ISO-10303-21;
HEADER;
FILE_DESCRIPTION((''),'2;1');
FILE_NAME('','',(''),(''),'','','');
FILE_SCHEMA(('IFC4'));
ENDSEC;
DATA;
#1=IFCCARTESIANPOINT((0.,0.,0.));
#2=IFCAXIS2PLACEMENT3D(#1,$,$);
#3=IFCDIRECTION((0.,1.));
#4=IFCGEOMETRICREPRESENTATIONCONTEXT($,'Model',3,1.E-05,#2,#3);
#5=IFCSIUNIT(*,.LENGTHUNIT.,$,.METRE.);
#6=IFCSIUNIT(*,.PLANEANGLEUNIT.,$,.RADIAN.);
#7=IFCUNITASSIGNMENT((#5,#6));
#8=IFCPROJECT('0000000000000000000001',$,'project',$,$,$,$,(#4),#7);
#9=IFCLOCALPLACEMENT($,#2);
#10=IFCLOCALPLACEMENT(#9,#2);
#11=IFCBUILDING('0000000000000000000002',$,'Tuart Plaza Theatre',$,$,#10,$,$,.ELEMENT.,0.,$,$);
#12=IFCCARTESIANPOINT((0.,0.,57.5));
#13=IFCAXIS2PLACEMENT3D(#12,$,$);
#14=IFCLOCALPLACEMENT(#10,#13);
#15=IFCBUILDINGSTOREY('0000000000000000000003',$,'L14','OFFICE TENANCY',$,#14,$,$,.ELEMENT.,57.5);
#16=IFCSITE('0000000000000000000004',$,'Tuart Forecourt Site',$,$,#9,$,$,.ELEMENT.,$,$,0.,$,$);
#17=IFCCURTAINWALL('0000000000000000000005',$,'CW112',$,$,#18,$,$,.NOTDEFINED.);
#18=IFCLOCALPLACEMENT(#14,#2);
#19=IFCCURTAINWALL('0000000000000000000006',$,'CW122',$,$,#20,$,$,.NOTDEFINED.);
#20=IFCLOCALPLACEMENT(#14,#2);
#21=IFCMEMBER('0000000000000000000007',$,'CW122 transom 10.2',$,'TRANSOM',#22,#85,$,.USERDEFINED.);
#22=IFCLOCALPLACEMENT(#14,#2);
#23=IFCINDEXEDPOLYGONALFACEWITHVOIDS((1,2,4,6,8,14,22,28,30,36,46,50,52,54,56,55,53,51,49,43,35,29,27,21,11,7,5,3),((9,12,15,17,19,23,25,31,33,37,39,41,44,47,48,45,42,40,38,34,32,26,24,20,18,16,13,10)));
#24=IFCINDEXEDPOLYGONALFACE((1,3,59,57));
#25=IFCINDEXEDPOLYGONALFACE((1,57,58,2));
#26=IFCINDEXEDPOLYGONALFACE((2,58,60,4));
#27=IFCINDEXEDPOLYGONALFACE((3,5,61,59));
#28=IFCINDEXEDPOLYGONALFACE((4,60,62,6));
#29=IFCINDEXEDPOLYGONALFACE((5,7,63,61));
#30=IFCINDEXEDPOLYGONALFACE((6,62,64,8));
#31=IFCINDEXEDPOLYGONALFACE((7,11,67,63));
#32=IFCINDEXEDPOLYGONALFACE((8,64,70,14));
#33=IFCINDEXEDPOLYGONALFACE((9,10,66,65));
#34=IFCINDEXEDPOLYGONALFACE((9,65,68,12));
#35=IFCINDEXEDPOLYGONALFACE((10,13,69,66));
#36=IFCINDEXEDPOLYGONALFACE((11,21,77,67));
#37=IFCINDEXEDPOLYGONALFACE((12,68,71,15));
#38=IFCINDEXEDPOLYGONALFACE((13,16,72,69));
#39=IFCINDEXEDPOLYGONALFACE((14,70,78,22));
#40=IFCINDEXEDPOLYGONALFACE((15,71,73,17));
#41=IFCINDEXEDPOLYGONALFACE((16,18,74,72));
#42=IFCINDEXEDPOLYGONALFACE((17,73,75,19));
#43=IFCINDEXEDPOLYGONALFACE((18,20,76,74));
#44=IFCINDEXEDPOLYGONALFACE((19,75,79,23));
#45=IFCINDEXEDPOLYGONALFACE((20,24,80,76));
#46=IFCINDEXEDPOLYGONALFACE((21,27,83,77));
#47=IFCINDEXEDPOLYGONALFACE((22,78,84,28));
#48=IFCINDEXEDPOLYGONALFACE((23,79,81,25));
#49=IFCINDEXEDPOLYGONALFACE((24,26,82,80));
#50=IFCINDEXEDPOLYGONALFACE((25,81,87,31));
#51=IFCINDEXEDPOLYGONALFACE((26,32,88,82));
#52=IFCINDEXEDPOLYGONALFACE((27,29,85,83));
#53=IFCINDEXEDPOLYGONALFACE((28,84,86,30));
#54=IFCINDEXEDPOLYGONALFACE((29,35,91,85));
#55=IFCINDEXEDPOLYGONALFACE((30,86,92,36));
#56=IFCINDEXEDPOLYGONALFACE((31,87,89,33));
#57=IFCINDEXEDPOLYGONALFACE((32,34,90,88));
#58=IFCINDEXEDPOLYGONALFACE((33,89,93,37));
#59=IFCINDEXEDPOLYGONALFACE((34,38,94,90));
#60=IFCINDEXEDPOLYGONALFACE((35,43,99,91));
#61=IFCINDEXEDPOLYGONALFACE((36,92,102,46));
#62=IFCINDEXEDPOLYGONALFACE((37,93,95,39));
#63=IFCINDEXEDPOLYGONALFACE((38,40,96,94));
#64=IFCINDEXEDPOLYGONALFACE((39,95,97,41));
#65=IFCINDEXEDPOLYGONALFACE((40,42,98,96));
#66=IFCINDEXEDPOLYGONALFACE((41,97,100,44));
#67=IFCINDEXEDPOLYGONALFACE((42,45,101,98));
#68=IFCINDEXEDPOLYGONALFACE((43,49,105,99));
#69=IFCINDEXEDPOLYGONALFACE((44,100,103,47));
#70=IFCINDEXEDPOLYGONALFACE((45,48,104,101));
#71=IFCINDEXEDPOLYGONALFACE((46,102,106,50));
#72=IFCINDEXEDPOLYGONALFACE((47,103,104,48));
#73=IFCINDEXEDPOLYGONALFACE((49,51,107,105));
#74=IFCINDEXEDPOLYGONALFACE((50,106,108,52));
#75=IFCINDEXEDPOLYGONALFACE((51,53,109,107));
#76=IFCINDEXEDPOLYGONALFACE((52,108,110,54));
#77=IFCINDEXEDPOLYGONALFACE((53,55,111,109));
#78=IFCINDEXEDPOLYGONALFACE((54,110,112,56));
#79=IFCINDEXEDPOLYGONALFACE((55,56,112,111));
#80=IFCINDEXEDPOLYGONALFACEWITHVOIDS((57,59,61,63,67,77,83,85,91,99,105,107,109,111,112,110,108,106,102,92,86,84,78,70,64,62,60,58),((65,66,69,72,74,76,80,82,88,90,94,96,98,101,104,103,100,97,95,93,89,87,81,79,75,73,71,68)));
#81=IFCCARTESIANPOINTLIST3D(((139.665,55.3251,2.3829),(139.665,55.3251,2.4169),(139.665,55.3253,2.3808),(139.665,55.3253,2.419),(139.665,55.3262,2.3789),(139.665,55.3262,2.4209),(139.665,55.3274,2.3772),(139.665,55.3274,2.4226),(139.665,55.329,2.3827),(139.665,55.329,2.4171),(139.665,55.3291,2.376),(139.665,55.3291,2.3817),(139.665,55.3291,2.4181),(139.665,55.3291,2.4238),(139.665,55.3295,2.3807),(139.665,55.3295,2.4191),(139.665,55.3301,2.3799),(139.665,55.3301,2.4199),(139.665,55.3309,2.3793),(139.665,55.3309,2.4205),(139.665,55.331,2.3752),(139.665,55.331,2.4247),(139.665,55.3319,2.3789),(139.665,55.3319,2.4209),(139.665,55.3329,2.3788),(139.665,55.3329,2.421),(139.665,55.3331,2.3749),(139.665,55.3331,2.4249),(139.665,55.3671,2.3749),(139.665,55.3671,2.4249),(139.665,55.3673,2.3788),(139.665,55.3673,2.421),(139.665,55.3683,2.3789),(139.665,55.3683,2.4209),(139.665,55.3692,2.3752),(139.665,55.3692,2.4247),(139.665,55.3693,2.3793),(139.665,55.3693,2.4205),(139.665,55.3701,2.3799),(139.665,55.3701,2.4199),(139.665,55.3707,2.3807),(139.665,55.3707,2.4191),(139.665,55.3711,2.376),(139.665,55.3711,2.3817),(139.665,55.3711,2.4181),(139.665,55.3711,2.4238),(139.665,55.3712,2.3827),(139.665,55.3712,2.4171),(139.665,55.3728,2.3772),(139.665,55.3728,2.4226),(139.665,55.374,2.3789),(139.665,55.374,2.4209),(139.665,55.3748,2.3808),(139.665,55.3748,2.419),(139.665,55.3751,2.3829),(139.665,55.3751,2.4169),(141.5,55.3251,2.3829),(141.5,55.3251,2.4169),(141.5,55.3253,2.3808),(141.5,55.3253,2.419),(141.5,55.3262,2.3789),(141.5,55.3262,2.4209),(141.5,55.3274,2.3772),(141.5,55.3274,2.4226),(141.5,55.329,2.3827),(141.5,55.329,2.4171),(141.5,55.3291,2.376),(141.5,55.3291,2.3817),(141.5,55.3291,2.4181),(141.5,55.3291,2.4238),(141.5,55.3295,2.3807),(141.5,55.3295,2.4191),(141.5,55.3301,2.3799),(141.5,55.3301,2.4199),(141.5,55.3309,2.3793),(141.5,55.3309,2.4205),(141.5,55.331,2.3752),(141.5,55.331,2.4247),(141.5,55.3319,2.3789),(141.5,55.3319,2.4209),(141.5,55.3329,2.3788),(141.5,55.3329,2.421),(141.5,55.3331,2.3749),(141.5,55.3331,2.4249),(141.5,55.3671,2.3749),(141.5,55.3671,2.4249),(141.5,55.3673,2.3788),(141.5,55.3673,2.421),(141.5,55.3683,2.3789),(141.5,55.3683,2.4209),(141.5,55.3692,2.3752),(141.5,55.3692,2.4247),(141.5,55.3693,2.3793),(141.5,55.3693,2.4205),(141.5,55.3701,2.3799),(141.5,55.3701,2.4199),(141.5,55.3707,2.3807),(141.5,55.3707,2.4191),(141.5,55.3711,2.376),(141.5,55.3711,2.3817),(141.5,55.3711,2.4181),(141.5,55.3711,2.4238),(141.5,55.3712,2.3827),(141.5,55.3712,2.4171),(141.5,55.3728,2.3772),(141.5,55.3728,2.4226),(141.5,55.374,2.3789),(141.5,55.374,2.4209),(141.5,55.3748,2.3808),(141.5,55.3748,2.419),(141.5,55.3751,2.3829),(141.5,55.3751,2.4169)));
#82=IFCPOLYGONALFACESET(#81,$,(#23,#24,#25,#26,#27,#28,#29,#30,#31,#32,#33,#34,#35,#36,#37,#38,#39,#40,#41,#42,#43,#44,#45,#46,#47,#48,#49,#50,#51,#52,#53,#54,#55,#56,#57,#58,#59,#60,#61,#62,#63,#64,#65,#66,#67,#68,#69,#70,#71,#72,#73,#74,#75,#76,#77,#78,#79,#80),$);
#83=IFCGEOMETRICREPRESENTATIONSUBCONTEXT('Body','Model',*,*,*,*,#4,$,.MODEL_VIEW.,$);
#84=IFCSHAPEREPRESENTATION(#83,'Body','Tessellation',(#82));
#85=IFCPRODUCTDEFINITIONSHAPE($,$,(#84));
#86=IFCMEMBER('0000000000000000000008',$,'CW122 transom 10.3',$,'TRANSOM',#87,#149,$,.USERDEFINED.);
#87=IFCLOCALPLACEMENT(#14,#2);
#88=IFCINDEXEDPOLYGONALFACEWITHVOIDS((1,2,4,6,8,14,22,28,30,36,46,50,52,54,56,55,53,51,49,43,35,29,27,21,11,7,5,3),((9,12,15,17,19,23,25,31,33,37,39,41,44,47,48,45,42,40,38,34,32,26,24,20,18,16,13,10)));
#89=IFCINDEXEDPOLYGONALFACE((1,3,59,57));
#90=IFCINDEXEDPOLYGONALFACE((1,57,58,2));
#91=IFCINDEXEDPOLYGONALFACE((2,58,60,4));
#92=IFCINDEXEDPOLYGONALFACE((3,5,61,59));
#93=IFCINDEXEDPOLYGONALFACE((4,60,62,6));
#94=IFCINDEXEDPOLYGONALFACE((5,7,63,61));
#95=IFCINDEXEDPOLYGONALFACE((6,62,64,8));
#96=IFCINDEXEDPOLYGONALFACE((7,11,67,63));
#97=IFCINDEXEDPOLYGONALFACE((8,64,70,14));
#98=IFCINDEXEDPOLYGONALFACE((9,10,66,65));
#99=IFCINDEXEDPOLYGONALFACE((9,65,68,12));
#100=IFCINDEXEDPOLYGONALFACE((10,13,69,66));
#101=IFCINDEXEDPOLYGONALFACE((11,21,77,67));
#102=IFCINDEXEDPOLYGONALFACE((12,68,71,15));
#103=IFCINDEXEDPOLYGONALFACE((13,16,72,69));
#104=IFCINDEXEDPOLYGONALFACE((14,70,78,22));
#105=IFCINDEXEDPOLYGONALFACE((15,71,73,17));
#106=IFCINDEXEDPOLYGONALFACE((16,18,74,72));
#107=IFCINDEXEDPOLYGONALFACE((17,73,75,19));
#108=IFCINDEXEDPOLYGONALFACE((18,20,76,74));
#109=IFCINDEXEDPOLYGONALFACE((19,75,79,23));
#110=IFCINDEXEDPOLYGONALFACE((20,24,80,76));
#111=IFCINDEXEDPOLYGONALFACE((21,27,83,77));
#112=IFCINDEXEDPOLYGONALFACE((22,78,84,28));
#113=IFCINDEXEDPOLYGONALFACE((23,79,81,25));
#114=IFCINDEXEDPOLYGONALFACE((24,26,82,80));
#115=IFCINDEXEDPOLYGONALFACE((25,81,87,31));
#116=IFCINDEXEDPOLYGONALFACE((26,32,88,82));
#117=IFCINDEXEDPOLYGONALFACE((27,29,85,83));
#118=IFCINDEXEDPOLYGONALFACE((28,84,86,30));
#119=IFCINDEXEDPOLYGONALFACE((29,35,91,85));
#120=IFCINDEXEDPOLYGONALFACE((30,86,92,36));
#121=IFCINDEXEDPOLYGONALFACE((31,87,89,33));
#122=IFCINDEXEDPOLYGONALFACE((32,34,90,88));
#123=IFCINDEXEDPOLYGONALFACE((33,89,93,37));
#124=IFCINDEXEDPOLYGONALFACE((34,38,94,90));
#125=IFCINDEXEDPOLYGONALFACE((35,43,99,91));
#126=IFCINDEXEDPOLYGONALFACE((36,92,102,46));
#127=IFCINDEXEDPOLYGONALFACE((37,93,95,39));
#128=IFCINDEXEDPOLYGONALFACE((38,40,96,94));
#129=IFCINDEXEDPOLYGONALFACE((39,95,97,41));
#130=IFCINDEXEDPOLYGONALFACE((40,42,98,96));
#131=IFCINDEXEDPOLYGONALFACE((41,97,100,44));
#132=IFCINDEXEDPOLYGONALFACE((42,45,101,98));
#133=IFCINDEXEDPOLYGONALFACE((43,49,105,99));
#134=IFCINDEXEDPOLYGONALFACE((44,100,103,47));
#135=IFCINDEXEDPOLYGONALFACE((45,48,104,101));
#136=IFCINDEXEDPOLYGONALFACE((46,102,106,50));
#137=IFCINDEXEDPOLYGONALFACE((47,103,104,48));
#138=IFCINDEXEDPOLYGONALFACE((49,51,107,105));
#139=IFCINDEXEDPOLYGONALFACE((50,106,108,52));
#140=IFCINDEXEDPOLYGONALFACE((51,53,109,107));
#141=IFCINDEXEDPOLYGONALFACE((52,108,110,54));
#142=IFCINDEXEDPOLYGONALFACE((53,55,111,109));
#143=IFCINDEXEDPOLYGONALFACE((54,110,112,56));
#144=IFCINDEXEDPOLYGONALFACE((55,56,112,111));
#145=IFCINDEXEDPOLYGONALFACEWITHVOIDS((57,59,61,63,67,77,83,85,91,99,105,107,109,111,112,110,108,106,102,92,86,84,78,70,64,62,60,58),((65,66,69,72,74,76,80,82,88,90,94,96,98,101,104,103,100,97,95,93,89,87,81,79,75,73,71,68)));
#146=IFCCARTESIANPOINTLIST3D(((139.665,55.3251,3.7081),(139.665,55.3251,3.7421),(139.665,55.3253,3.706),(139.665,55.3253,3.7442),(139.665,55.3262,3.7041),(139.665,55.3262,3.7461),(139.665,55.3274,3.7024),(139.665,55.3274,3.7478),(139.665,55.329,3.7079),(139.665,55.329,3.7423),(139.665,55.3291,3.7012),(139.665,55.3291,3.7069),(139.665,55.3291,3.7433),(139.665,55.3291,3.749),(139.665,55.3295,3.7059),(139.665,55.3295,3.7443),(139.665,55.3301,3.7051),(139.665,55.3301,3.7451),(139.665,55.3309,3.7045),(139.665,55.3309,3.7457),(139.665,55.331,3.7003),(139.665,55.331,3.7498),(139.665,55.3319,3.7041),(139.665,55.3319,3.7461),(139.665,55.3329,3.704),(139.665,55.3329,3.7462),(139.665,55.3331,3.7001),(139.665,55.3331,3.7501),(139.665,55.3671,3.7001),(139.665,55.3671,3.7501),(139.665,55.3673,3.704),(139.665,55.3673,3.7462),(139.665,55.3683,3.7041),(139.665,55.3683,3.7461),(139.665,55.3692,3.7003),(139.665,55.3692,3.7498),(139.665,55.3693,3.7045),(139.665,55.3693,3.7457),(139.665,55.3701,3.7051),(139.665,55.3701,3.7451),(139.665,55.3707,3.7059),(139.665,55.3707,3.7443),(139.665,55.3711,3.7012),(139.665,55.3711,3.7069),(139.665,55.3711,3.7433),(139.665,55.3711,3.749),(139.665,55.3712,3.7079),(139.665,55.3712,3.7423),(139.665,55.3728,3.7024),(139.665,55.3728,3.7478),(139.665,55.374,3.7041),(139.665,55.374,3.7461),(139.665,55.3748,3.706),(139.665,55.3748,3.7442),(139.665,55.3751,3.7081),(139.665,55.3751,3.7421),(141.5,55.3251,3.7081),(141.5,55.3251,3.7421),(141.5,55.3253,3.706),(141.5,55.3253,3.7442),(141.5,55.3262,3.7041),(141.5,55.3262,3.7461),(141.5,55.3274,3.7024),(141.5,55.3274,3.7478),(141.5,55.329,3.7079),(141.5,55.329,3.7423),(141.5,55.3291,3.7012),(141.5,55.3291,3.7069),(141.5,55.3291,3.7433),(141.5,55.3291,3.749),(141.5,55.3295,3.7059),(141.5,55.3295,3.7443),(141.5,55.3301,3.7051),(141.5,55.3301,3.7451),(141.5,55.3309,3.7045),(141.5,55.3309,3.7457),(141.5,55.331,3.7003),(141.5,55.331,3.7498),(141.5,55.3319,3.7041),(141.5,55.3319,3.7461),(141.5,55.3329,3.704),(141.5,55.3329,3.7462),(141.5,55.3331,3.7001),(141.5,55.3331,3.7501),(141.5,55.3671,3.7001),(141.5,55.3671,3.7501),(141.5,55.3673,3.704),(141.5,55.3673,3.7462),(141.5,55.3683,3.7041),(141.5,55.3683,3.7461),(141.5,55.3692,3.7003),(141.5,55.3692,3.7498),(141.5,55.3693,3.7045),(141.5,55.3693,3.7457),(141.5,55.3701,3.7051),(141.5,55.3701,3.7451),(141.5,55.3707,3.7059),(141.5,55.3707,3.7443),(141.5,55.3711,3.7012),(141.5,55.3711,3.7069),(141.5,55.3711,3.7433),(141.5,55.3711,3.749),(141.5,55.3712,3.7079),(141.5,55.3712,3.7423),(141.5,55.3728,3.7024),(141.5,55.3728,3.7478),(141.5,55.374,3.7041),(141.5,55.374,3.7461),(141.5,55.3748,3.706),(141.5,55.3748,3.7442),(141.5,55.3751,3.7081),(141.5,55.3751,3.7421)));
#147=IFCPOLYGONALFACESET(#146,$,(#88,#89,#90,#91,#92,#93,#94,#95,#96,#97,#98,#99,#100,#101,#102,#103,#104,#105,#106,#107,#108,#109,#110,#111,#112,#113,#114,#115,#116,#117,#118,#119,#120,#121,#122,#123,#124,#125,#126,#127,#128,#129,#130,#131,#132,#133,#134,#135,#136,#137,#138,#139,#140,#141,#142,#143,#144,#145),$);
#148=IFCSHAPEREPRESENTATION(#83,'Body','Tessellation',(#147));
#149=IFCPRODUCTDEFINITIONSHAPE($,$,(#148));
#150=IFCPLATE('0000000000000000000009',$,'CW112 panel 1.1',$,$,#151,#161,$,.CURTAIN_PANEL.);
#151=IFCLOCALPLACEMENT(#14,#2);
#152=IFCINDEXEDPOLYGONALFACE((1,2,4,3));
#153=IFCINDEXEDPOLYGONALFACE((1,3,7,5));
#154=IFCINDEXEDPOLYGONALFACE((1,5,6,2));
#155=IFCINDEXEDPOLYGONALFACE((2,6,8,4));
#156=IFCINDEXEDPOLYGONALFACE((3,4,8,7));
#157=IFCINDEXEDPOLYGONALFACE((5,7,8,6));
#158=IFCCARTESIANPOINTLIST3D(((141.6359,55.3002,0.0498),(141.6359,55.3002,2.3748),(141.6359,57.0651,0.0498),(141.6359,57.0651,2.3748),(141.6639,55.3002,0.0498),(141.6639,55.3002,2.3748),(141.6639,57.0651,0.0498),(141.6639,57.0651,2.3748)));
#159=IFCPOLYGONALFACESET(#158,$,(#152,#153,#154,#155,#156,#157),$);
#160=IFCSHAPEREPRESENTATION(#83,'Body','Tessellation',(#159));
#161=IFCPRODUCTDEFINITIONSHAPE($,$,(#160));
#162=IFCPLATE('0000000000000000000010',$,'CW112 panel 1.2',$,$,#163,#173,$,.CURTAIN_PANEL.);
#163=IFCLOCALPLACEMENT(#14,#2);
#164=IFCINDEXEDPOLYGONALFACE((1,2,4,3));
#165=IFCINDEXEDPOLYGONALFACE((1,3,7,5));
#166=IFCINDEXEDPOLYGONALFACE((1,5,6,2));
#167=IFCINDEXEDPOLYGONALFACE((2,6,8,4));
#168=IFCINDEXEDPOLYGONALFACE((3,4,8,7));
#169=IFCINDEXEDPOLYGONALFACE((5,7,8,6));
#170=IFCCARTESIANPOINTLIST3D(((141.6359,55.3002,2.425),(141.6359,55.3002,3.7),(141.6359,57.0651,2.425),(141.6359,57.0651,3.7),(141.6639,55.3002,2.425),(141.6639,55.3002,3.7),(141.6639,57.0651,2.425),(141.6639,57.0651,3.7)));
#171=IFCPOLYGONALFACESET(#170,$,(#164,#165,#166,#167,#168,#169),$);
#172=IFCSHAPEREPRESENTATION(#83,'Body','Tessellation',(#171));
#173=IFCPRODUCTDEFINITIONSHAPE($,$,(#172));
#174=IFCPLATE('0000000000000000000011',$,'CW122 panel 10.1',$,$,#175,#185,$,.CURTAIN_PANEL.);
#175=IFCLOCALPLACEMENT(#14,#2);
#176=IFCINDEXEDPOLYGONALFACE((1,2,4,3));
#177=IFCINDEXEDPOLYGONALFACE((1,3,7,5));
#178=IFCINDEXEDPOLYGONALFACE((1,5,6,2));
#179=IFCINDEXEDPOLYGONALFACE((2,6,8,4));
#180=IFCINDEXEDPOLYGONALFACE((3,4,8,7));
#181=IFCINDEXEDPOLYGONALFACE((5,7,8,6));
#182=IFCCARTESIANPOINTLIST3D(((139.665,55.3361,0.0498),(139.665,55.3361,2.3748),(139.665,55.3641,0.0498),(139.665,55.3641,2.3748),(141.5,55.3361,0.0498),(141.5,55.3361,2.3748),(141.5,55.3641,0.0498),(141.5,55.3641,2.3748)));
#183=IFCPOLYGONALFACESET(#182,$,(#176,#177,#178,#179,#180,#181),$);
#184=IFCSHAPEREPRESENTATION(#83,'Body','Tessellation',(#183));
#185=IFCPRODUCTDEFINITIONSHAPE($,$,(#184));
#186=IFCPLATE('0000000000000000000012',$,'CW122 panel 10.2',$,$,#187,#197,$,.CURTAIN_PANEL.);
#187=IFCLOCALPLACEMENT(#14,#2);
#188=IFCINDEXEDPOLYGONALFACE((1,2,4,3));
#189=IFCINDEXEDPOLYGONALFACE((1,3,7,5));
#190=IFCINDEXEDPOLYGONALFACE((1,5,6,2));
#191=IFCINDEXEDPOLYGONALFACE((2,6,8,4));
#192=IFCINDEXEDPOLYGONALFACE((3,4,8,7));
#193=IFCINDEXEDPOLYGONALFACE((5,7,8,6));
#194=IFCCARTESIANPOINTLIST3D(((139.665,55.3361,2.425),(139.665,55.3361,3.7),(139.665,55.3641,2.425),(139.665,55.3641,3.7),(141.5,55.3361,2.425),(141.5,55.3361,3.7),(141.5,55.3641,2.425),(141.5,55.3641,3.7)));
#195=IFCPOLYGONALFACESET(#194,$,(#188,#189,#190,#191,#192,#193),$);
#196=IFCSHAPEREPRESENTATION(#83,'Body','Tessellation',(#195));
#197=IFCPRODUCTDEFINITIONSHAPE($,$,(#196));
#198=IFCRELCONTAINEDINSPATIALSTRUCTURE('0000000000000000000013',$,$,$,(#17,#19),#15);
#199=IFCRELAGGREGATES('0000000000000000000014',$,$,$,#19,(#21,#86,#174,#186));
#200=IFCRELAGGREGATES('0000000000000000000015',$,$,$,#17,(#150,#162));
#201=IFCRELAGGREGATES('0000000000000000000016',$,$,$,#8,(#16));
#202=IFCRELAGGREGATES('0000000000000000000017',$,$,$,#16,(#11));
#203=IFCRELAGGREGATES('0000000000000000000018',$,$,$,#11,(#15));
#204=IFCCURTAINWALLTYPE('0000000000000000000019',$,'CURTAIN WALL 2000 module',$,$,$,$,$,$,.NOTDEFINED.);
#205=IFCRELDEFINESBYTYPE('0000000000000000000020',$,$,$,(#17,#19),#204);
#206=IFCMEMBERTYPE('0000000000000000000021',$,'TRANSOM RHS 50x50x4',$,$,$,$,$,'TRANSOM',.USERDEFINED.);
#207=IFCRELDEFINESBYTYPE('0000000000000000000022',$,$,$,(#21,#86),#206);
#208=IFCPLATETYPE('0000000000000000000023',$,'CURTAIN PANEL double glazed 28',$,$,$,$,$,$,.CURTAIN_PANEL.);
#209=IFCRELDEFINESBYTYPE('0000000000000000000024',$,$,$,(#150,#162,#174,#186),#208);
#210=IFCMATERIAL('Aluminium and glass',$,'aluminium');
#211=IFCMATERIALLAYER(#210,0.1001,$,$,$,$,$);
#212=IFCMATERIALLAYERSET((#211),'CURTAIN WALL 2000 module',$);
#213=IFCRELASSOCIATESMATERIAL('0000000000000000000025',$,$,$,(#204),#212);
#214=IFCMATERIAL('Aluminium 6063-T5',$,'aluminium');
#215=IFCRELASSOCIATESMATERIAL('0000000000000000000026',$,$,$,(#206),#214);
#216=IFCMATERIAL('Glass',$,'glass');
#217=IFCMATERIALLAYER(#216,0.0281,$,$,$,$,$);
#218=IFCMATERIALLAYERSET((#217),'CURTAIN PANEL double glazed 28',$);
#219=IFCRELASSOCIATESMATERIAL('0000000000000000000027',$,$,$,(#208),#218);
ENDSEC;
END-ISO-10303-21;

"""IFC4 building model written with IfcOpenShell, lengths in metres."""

from ifc_helpers import new_model, si_unit, direction, frame, origin, origin_2d, place, context, subcontext, project, spatial, rectangle, hollow_rectangle, extrude, material, layer, layer_set, material_profile, profile_set, type_object, element, aggregate, save


model = new_model("IFC4")

# Units and contexts
model_context = context("Model", 3, precision=1e-05, world=origin(), true_north=direction((0.0, 1.0)))
body_context = subcontext(model_context, "Body", "Model", "MODEL_VIEW")
ifc_project = project(units=[si_unit("LENGTHUNIT", "METRE"), si_unit("PLANEANGLEUNIT", "RADIAN")], contexts=[model_context])

# Site, building, storey
site_placement = place(None, origin())
site = spatial("IfcSite", under=ifc_project, at=site_placement, Name="Tuart Forecourt Site", CompositionType="ELEMENT", RefElevation=0.0)
building_placement = place(site_placement, origin())
building = spatial("IfcBuilding", under=site, at=building_placement, Name="Tuart Plaza Theatre", CompositionType="ELEMENT", ElevationOfRefHeight=0.0)
storey_placement = place(building_placement, frame((0.0, 0.0, 57.5)))
storey = spatial("IfcBuildingStorey", under=building, at=storey_placement, Name="L14", Description="OFFICE TENANCY", CompositionType="ELEMENT", Elevation=57.5)

# Curtain wall
ifc_material_1 = material(Name="Aluminium and glass", Category="aluminium")
ifc_layer_1 = layer(ifc_material_1, 0.1001)
ifc_layer_set_1 = layer_set([ifc_layer_1], Name="CURTAIN WALL 2000 module")
curtain_wall_type = type_object("IfcCurtainWallType", Name="CURTAIN WALL 2000 module", PredefinedType="NOTDEFINED", material=ifc_layer_set_1)
curtain_wall_1_placement = place(storey_placement, origin())
curtain_wall_1 = element("IfcCurtainWall", 1, at=curtain_wall_1_placement, inside=storey, type_object=curtain_wall_type, Name="CW112", PredefinedType="NOTDEFINED")

# Curtain wall
curtain_wall_2_placement = place(storey_placement, origin())
curtain_wall_2 = element("IfcCurtainWall", 2, at=curtain_wall_2_placement, inside=storey, type_object=curtain_wall_type, Name="CW122", PredefinedType="NOTDEFINED")

# Members
ifc_material_2 = material(Name="Aluminium 6063-T5", Category="aluminium")
ifc_material_profile_1 = material_profile(ifc_material_2, hollow_rectangle(XDim=0.05, YDim=0.05, WallThickness=0.0039, InnerFilletRadius=0.0039, OuterFilletRadius=0.0081, at=origin_2d()), Name="RHS 50x50x4")
ifc_profile_set_1 = profile_set([ifc_material_profile_1], Name="Aluminium 6063-T5")
member_type_1 = type_object("IfcMemberType", Name="TRANSOM RHS 50x50x4", ElementType="TRANSOM", PredefinedType="USERDEFINED", material=ifc_profile_set_1)
member_1_placement = place(storey_placement, frame((139.665, 55.3501, 2.3999), z_axis=(1.0, 0.0, 0.0), x_axis=(0.0, 1.0, 0.0)))
member_1 = element("IfcMember", 3, at=member_1_placement, type_object=member_type_1, Name="CW122 transom 10.2", ObjectType="TRANSOM", PredefinedType="USERDEFINED", context=body_context, shape_type="SweptSolid", body=[
    extrude(hollow_rectangle(XDim=0.05, YDim=0.05, WallThickness=0.0039, InnerFilletRadius=0.0039, OuterFilletRadius=0.0081, at=origin_2d()), origin(), (0.0, 0.0, 1.0), 1.835),
])
member_2_placement = place(storey_placement, frame((139.665, 55.3501, 3.7251), z_axis=(1.0, 0.0, 0.0), x_axis=(0.0, 1.0, 0.0)))
member_2 = element("IfcMember", 4, at=member_2_placement, type_object=member_type_1, Name="CW122 transom 10.3", ObjectType="TRANSOM", PredefinedType="USERDEFINED", context=body_context, shape_type="SweptSolid", body=[
    extrude(hollow_rectangle(XDim=0.05, YDim=0.05, WallThickness=0.0039, InnerFilletRadius=0.0039, OuterFilletRadius=0.0081, at=origin_2d()), origin(), (0.0, 0.0, 1.0), 1.835),
])

# Plates
ifc_material_3 = material(Name="Glass", Category="glass")
ifc_layer_2 = layer(ifc_material_3, 0.0281)
ifc_layer_set_2 = layer_set([ifc_layer_2], Name="CURTAIN PANEL double glazed 28")
plate_type_1 = type_object("IfcPlateType", Name="CURTAIN PANEL double glazed 28", PredefinedType="CURTAIN_PANEL", material=ifc_layer_set_2)
plate_1_placement = place(storey_placement, frame((141.6499, 56.1826, 0.0498), z_axis=(0.0, 0.0, 1.0), x_axis=(0.0, 1.0, 0.0)))
plate_1 = element("IfcPlate", 5, at=plate_1_placement, type_object=plate_type_1, Name="CW112 panel 1.1", PredefinedType="CURTAIN_PANEL", context=body_context, shape_type="SweptSolid", body=[
    extrude(rectangle(XDim=1.7649, YDim=0.0281, at=origin_2d()), origin(), (0.0, 0.0, 1.0), 2.325),
])
plate_2_placement = place(storey_placement, frame((141.6499, 56.1826, 2.425), z_axis=(0.0, 0.0, 1.0), x_axis=(0.0, 1.0, 0.0)))
plate_2 = element("IfcPlate", 6, at=plate_2_placement, type_object=plate_type_1, Name="CW112 panel 1.2", PredefinedType="CURTAIN_PANEL", context=body_context, shape_type="SweptSolid", body=[
    extrude(rectangle(XDim=1.7649, YDim=0.0281, at=origin_2d()), origin(), (0.0, 0.0, 1.0), 1.2749),
])
plate_3_placement = place(storey_placement, frame((140.5825, 55.3501, 0.0498), z_axis=(0.0, 0.0, 1.0), x_axis=(1.0, 0.0, 0.0)))
plate_3 = element("IfcPlate", 7, at=plate_3_placement, type_object=plate_type_1, Name="CW122 panel 10.1", PredefinedType="CURTAIN_PANEL", context=body_context, shape_type="SweptSolid", body=[
    extrude(rectangle(XDim=1.835, YDim=0.0281, at=origin_2d()), origin(), (0.0, 0.0, 1.0), 2.325),
])
plate_4_placement = place(storey_placement, frame((140.5825, 55.3501, 2.425), z_axis=(0.0, 0.0, 1.0), x_axis=(1.0, 0.0, 0.0)))
plate_4 = element("IfcPlate", 8, at=plate_4_placement, type_object=plate_type_1, Name="CW122 panel 10.2", PredefinedType="CURTAIN_PANEL", context=body_context, shape_type="SweptSolid", body=[
    extrude(rectangle(XDim=1.835, YDim=0.0281, at=origin_2d()), origin(), (0.0, 0.0, 1.0), 1.2749),
])
aggregate(curtain_wall_2, [member_1, member_2, plate_3, plate_4])
aggregate(curtain_wall_1, [plate_1, plate_2])

save(model, "model.ifc")
